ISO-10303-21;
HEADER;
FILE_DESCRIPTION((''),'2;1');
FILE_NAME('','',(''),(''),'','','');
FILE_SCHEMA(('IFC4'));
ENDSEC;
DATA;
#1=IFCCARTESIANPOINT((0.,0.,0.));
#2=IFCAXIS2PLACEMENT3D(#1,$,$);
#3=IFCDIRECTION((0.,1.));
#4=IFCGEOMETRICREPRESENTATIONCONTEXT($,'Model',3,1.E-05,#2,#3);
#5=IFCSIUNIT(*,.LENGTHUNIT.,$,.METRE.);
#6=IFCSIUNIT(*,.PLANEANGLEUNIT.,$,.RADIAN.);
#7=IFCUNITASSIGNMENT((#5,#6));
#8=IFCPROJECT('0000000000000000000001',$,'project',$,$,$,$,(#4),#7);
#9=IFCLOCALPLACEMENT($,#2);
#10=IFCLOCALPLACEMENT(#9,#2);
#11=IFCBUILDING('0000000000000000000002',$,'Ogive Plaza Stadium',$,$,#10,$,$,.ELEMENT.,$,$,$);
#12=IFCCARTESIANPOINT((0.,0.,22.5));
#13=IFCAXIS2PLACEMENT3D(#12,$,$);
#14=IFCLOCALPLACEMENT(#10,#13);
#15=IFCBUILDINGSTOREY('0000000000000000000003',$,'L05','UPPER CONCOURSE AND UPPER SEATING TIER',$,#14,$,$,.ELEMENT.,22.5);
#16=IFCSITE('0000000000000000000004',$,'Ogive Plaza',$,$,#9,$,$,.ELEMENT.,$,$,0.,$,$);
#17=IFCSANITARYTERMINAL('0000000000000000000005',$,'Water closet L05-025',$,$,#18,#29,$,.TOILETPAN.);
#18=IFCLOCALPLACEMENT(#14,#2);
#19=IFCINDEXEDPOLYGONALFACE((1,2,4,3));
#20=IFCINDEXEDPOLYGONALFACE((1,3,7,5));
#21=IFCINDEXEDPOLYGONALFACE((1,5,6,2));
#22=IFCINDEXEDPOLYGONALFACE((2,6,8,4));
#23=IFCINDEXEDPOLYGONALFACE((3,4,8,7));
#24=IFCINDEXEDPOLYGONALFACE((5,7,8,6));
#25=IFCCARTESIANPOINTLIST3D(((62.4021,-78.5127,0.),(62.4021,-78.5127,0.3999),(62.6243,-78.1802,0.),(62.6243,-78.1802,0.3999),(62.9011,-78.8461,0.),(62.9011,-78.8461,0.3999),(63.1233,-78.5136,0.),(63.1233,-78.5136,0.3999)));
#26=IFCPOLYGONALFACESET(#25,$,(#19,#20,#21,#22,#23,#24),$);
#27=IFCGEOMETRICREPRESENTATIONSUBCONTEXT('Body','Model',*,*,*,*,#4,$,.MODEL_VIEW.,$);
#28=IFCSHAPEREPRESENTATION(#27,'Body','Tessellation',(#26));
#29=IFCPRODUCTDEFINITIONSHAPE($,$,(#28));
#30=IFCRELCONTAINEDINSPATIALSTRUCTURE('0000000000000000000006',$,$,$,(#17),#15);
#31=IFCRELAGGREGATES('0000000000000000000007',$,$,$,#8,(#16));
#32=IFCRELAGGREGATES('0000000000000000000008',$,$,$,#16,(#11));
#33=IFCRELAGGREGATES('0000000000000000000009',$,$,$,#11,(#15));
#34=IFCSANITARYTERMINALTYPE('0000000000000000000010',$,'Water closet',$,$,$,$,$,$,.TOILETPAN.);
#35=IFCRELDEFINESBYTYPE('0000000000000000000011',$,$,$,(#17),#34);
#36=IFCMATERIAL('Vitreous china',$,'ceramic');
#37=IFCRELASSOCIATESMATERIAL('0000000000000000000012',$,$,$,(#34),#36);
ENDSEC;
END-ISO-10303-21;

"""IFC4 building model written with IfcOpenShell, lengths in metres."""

from ifc_helpers import new_model, si_unit, direction, frame, origin, origin_2d, place, context, subcontext, project, spatial, rectangle, extrude, material, type_object, element, save


model = new_model("IFC4")

# Units and contexts
model_context = context("Model", 3, precision=1e-05, world=origin(), true_north=direction((0.0, 1.0)))
body_context = subcontext(model_context, "Body", "Model", "MODEL_VIEW")
ifc_project = project(units=[si_unit("LENGTHUNIT", "METRE"), si_unit("PLANEANGLEUNIT", "RADIAN")], contexts=[model_context])

# Site, building, storey
site_placement = place(None, origin())
site = spatial("IfcSite", under=ifc_project, at=site_placement, Name="Ogive Plaza", CompositionType="ELEMENT", RefElevation=0.0)
building_placement = place(site_placement, origin())
building = spatial("IfcBuilding", under=site, at=building_placement, Name="Ogive Plaza Stadium", CompositionType="ELEMENT")
storey_placement = place(building_placement, frame((0.0, 0.0, 22.5)))
storey = spatial("IfcBuildingStorey", under=building, at=storey_placement, Name="L05", Description="UPPER CONCOURSE AND UPPER SEATING TIER", CompositionType="ELEMENT", Elevation=22.5)

# Sanitary terminal
ifc_material_1 = material(Name="Vitreous china", Category="ceramic")
sanitary_terminal_type_1 = type_object("IfcSanitaryTerminalType", Name="Water closet", PredefinedType="TOILETPAN", material=ifc_material_1)
for number, where, z_axis, x_axis, name in (
    (1, (62.7627, -78.5132, 0.0), (0.0, 0.0, 1.0), (0.55557, 0.83147, 0.0), "Water closet L05-025"),
):
    element("IfcSanitaryTerminal", number, at=place(storey_placement, frame(where, z_axis=z_axis, x_axis=x_axis)), inside=storey, type_object=sanitary_terminal_type_1, Name=name, PredefinedType="TOILETPAN", context=body_context, shape_type="SweptSolid", body=[
        extrude(rectangle(XDim=0.3999, YDim=0.6001, at=origin_2d()), origin(), (0.0, 0.0, 1.0), 0.3999),
    ])

save(model, "model.ifc")
